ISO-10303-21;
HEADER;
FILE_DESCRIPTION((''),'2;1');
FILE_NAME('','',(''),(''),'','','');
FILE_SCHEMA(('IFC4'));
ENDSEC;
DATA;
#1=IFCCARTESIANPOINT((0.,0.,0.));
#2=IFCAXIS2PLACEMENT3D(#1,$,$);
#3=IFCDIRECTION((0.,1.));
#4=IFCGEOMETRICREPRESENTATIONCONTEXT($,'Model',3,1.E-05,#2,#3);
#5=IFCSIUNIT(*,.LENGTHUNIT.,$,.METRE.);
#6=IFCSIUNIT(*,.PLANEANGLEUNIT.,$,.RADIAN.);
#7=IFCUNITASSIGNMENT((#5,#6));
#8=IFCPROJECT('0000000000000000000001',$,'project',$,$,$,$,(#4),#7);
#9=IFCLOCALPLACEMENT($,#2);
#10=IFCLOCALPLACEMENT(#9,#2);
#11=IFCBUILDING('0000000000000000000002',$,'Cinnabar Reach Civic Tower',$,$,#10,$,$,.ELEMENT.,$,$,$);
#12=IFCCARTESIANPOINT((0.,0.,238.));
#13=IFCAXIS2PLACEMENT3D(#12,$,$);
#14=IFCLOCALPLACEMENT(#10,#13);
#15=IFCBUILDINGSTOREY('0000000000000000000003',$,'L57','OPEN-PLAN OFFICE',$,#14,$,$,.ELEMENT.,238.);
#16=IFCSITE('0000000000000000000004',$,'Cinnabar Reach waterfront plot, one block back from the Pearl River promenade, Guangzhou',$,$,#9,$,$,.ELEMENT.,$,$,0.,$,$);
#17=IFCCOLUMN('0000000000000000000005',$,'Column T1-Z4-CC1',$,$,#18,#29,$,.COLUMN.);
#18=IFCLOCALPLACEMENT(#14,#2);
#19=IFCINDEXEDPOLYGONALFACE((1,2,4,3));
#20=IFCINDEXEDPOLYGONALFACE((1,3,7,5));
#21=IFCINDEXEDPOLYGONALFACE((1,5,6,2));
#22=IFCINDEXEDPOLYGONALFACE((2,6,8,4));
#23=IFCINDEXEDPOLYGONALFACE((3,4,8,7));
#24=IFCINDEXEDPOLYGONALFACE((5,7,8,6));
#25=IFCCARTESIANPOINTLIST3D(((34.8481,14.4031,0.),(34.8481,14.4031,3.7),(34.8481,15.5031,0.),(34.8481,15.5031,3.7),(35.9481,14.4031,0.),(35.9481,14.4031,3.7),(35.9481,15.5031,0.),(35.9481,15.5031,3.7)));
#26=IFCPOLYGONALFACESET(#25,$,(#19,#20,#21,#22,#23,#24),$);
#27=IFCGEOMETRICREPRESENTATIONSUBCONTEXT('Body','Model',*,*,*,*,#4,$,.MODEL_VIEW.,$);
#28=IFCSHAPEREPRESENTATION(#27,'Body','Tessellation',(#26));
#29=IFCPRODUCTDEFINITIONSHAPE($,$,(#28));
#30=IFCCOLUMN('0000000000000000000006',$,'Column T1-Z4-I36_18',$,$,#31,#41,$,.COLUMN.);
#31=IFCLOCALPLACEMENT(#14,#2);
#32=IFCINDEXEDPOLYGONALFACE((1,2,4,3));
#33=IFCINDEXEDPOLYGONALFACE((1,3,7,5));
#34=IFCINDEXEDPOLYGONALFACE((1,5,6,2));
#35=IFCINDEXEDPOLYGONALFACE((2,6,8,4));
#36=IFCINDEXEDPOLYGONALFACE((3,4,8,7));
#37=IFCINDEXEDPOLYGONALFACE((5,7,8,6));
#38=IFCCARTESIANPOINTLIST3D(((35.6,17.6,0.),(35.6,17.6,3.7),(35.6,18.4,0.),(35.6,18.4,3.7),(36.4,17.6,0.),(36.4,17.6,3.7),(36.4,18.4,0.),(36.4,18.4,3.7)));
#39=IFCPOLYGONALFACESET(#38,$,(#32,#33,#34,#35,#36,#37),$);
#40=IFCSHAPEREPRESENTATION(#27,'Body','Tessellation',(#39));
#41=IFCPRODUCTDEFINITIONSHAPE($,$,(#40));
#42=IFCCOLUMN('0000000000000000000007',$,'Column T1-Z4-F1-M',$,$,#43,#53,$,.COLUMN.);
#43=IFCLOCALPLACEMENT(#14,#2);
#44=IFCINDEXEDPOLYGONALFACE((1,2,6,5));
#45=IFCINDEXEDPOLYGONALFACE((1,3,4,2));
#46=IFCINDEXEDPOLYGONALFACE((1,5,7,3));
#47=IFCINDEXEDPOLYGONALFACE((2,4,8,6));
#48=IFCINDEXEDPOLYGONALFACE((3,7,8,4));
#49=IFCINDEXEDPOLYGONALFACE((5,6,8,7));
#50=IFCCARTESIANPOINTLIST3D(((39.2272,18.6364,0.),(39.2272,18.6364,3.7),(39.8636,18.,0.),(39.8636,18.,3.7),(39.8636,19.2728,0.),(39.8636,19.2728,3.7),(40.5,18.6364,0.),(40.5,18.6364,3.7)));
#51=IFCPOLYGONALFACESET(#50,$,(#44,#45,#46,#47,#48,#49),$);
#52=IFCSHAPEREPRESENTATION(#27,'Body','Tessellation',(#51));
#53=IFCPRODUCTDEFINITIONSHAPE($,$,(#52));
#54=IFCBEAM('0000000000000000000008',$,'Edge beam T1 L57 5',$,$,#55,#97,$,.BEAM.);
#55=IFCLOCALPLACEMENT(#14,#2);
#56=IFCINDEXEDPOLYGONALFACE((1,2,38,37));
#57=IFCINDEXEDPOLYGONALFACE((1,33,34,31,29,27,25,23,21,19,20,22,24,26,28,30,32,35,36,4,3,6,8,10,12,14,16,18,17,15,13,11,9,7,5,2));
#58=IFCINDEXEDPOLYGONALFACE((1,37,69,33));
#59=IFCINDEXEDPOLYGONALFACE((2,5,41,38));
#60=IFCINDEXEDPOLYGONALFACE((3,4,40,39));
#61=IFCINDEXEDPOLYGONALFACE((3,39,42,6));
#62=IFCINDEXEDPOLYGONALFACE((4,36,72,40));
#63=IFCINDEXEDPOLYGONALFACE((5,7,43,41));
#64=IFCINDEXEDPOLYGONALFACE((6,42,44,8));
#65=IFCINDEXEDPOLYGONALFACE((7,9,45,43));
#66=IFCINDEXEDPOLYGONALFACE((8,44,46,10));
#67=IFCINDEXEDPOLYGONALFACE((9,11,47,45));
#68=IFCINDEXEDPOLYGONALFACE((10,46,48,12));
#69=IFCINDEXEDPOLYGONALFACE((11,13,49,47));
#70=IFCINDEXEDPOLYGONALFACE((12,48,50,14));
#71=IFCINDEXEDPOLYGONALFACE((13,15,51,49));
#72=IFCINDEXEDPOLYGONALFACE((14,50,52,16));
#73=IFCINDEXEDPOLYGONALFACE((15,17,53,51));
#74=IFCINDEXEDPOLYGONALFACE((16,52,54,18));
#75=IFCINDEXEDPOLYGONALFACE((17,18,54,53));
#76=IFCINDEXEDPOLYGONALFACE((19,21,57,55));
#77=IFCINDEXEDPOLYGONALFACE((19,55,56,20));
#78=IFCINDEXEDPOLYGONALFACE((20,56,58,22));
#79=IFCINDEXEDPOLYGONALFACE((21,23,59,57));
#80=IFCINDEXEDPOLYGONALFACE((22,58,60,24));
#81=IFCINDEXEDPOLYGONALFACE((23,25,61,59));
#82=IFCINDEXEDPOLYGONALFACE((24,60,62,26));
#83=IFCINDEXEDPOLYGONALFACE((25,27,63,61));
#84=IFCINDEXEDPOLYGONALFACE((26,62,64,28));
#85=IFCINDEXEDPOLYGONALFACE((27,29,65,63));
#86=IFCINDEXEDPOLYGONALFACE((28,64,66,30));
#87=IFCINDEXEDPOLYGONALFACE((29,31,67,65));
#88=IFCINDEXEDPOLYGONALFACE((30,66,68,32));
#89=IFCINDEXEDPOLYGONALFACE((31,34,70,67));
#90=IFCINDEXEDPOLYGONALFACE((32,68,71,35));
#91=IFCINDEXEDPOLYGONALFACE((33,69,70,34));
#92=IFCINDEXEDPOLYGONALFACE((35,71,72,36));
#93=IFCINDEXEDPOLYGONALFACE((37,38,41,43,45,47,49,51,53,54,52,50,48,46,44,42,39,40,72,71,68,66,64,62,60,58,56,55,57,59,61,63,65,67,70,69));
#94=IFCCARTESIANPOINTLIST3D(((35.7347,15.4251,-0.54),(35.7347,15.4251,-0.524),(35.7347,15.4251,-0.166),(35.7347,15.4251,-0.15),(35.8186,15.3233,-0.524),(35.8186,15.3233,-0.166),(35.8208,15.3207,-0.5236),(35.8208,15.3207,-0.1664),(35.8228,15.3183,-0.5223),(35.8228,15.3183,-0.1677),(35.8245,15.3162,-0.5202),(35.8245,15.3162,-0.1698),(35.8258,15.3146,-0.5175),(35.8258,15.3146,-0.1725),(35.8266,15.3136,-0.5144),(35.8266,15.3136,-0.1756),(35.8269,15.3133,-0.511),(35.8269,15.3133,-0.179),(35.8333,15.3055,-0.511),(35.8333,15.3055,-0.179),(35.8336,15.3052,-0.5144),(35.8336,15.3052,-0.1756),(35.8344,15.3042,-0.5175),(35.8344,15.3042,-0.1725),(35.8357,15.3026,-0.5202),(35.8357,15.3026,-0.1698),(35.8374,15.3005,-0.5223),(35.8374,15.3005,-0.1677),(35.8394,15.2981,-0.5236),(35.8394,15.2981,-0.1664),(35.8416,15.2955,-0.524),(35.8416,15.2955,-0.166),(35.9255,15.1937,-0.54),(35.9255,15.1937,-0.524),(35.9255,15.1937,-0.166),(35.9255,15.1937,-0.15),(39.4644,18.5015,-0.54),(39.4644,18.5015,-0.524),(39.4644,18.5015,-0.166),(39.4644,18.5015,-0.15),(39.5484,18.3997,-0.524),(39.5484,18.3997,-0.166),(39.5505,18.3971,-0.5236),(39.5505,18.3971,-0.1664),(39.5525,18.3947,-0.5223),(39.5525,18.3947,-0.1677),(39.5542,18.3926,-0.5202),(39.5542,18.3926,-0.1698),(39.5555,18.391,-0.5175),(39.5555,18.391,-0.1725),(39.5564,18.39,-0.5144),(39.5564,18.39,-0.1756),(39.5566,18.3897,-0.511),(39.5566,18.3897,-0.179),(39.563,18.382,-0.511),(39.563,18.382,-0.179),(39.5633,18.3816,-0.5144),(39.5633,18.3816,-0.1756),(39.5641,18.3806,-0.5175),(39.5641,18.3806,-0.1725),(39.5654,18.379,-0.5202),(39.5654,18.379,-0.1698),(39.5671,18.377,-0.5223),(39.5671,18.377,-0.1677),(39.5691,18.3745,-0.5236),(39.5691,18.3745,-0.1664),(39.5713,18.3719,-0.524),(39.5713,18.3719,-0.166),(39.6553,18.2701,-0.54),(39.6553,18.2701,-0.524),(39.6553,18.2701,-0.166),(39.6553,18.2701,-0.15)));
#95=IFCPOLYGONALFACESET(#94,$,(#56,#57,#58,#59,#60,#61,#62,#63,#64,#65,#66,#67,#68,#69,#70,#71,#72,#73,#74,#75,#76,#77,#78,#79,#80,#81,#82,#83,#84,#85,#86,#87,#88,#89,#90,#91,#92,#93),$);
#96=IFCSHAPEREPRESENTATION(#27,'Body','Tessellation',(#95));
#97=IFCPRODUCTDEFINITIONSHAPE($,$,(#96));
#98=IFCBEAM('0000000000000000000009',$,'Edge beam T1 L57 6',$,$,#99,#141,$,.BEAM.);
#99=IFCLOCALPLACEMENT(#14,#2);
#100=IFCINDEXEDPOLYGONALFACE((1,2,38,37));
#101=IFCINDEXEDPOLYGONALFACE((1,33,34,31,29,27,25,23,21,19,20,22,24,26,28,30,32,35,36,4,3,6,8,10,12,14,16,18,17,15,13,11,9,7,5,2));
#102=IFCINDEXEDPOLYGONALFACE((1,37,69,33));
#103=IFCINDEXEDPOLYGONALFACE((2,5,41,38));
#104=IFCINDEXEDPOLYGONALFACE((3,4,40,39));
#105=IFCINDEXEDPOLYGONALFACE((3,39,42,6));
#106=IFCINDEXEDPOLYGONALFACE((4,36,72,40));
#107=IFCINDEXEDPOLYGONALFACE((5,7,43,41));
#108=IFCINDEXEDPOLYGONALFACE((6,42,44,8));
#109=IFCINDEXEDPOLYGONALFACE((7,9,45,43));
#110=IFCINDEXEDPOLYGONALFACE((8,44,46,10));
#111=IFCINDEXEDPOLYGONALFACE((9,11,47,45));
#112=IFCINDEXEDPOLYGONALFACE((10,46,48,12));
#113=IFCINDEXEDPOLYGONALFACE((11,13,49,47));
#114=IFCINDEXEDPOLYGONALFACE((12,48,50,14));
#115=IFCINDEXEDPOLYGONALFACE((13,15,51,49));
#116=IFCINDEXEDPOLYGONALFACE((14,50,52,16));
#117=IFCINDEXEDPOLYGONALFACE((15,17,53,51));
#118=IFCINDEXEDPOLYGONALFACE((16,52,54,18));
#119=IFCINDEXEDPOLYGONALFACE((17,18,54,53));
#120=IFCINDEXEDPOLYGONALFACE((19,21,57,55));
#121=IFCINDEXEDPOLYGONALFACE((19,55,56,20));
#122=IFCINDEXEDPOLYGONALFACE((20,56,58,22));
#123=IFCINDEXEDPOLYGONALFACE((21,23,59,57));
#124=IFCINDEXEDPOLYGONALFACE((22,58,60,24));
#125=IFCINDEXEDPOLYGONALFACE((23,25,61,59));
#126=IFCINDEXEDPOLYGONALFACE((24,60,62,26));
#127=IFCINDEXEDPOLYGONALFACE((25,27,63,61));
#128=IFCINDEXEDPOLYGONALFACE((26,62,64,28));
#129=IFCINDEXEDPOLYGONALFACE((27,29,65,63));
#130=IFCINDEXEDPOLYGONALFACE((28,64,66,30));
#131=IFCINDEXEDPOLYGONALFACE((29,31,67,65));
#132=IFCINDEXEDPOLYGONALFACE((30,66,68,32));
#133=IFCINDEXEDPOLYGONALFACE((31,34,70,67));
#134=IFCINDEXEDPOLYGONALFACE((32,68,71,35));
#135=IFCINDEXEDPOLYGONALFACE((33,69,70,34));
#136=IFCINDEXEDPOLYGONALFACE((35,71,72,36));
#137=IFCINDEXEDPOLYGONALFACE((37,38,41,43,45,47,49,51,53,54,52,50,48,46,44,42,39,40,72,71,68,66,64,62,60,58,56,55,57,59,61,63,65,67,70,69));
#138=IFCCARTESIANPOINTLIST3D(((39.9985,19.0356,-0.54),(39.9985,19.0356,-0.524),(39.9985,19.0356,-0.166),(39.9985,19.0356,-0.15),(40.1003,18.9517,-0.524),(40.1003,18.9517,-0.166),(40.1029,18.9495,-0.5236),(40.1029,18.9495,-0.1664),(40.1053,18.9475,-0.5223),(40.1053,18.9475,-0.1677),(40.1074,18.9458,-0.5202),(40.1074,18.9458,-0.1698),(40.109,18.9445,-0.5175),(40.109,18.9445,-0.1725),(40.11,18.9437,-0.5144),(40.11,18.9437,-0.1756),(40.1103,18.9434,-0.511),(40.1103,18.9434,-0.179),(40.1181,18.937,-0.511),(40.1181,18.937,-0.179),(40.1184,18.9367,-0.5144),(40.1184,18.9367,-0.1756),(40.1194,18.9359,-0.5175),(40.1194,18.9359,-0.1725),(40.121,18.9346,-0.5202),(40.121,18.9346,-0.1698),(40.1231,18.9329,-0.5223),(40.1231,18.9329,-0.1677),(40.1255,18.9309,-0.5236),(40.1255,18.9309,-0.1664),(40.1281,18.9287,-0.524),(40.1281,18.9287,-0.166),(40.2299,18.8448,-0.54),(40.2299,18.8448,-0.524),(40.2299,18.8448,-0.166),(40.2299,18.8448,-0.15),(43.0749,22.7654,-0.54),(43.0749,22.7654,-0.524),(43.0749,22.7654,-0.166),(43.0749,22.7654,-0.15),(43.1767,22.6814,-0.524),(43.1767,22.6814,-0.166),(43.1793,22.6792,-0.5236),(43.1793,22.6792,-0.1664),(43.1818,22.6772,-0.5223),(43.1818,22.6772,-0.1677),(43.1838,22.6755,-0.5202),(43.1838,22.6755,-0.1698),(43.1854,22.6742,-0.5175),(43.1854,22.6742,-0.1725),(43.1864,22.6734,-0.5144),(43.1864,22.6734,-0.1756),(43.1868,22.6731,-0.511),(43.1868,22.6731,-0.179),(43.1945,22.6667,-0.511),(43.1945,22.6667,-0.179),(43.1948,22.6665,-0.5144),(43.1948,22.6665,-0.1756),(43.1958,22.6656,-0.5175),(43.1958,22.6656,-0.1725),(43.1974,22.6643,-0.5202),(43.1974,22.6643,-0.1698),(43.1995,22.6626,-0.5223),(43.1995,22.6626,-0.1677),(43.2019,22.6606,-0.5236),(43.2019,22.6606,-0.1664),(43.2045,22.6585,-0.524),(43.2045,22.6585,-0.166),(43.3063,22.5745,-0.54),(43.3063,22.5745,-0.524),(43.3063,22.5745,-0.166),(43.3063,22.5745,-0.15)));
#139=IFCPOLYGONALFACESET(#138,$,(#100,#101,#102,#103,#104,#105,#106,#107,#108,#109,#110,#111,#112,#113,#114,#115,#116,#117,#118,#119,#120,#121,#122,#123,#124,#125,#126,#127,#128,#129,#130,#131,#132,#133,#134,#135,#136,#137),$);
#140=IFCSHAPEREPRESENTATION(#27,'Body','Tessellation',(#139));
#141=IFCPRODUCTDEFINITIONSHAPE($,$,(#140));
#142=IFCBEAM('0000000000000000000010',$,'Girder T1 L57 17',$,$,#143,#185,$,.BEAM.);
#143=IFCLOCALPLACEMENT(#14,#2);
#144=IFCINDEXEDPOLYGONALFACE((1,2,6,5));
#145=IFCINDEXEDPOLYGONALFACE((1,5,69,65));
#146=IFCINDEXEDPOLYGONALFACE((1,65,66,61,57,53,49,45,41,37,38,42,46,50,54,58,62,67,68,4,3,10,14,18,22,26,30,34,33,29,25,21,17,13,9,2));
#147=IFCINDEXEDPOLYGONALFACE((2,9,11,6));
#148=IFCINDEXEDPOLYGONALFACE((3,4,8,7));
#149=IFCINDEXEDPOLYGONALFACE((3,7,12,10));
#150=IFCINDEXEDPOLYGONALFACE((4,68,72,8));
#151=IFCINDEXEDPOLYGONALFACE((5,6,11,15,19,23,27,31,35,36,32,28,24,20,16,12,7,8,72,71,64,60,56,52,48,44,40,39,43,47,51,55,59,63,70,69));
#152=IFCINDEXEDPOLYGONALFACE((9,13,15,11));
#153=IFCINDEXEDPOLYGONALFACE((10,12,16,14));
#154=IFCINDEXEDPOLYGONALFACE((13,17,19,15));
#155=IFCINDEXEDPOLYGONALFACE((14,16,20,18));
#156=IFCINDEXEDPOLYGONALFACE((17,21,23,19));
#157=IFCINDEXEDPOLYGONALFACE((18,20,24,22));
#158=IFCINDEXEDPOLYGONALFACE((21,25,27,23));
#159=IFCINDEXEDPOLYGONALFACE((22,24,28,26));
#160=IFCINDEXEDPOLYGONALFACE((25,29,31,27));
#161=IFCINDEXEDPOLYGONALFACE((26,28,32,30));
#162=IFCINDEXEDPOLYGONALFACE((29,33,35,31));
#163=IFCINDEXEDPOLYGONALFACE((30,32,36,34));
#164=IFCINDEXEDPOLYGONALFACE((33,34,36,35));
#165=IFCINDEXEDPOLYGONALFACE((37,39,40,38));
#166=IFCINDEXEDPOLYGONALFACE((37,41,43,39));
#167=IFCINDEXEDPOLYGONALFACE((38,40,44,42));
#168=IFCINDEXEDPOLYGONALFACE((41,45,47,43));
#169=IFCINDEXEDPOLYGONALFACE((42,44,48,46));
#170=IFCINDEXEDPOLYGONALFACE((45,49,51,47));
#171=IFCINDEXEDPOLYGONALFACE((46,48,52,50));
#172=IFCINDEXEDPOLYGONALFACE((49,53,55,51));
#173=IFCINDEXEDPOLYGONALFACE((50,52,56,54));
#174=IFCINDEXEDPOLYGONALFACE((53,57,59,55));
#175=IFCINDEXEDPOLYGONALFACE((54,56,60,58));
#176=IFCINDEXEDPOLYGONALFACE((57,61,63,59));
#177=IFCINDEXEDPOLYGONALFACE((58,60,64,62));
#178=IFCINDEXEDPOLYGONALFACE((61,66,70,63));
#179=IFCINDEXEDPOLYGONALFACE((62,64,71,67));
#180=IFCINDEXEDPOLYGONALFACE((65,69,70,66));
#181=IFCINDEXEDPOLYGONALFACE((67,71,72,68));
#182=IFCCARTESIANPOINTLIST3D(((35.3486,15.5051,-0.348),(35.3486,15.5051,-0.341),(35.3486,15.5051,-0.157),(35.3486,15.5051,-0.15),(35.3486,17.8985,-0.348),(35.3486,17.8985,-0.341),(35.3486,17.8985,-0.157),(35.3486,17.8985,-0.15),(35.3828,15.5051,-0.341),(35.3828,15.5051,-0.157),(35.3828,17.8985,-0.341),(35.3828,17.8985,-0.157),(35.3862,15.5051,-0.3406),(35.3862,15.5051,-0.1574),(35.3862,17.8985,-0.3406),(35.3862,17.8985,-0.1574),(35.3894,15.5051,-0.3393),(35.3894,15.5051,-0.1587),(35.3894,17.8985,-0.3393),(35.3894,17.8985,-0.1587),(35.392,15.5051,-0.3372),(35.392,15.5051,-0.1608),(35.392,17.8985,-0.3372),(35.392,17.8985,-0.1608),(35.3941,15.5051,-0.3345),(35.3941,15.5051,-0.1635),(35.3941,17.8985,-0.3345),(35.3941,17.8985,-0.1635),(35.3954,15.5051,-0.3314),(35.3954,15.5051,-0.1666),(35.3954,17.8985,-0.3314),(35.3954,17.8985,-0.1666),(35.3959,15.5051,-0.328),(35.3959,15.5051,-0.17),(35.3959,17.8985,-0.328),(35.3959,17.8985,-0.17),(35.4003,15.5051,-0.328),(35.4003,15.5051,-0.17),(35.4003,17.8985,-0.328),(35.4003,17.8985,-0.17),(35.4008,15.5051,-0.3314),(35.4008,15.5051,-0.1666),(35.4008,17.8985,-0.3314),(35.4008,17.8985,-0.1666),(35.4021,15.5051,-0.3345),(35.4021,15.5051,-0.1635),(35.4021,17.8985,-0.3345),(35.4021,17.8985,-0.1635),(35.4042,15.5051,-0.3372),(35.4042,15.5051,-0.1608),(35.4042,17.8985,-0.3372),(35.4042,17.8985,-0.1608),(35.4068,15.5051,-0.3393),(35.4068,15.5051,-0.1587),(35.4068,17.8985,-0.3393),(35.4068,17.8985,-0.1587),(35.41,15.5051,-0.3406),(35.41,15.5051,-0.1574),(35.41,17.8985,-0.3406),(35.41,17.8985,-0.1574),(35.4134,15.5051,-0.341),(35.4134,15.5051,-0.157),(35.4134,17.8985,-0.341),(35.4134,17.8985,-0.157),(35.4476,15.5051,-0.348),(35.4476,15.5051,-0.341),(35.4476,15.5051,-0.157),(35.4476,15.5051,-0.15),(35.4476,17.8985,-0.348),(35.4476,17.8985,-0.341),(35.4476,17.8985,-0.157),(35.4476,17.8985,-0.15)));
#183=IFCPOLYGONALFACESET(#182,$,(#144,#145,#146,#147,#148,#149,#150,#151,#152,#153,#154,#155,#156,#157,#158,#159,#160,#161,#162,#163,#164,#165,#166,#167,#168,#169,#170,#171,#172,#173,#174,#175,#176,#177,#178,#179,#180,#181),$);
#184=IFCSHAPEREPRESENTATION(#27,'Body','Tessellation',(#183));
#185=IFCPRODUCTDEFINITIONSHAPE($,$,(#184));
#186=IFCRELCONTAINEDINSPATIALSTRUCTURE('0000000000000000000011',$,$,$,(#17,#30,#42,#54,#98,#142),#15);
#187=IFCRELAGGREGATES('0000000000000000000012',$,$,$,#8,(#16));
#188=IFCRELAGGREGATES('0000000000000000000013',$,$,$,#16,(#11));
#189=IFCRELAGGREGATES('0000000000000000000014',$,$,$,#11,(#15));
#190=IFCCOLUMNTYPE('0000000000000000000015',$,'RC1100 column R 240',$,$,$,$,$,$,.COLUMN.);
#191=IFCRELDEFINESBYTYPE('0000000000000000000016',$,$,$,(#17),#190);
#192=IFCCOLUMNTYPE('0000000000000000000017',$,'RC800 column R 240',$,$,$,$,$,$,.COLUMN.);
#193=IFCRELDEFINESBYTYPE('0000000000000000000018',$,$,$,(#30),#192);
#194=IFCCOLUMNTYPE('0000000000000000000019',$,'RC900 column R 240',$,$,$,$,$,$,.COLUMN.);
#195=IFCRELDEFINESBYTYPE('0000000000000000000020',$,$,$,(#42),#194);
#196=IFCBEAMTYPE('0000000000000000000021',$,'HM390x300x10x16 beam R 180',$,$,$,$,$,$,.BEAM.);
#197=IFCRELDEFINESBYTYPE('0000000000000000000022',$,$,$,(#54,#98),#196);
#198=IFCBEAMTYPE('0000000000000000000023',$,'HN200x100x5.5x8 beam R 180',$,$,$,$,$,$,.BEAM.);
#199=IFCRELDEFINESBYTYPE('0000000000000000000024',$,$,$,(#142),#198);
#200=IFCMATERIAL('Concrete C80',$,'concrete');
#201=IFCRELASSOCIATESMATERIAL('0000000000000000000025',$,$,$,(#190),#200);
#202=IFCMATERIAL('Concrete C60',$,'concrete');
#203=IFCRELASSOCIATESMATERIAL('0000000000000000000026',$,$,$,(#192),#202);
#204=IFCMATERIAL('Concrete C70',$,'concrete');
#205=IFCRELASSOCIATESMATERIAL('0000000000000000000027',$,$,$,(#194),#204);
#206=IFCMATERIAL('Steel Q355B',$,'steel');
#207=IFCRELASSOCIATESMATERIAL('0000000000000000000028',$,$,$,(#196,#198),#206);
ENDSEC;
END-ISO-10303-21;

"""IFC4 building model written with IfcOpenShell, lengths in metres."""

from ifc_helpers import new_model, si_unit, direction, frame, origin, origin_2d, place, context, subcontext, project, spatial, rectangle, i_section, extrude, material, material_profile, profile_set, type_object, element, save


model = new_model("IFC4")

# Units and contexts
model_context = context("Model", 3, precision=1e-05, world=origin(), true_north=direction((0.0, 1.0)))
body_context = subcontext(model_context, "Body", "Model", "MODEL_VIEW")
ifc_project = project(units=[si_unit("LENGTHUNIT", "METRE"), si_unit("PLANEANGLEUNIT", "RADIAN")], contexts=[model_context])

# Site, building, storey
site_placement = place(None, origin())
site = spatial("IfcSite", under=ifc_project, at=site_placement, Name="Cinnabar Reach waterfront plot, one block back from the Pearl River promenade, Guangzhou", CompositionType="ELEMENT", RefElevation=0.0)
building_placement = place(site_placement, origin())
building = spatial("IfcBuilding", under=site, at=building_placement, Name="Cinnabar Reach Civic Tower", CompositionType="ELEMENT")
storey_placement = place(building_placement, frame((0.0, 0.0, 238.0)))
storey = spatial("IfcBuildingStorey", under=building, at=storey_placement, Name="L57", Description="OPEN-PLAN OFFICE", CompositionType="ELEMENT", Elevation=238.0)

# Columns
ifc_material_1 = material(Name="Concrete C80", Category="concrete")
ifc_material_profile_1 = material_profile(ifc_material_1, rectangle(XDim=1.1, YDim=1.1, at=origin_2d()), Name="RC1100")
ifc_profile_set_1 = profile_set([ifc_material_profile_1], Name="Concrete C80")
column_type_1 = type_object("IfcColumnType", Name="RC1100 column R 240", PredefinedType="COLUMN", material=ifc_profile_set_1)
column_1_placement = place(storey_placement, frame((35.3981, 14.9531, 0.0), z_axis=(0.0, 0.0, 1.0), x_axis=(1.0, 0.0, 0.0)))
element("IfcColumn", 1, at=column_1_placement, inside=storey, type_object=column_type_1, Name="Column T1-Z4-CC1", PredefinedType="COLUMN", context=body_context, shape_type="SweptSolid", body=[
    extrude(rectangle(XDim=1.1, YDim=1.1, at=origin_2d()), origin(), (0.0, 0.0, 1.0), 3.7),
])
ifc_material_2 = material(Name="Concrete C60", Category="concrete")
ifc_material_profile_2 = material_profile(ifc_material_2, rectangle(XDim=0.8, YDim=0.8, at=origin_2d()), Name="RC800")
ifc_profile_set_2 = profile_set([ifc_material_profile_2], Name="Concrete C60")
column_type_2 = type_object("IfcColumnType", Name="RC800 column R 240", PredefinedType="COLUMN", material=ifc_profile_set_2)
column_2_placement = place(storey_placement, frame((36.0, 18.0, 0.0), z_axis=(0.0, 0.0, 1.0), x_axis=(1.0, 0.0, 0.0)))
element("IfcColumn", 2, at=column_2_placement, inside=storey, type_object=column_type_2, Name="Column T1-Z4-I36_18", PredefinedType="COLUMN", context=body_context, shape_type="SweptSolid", body=[
    extrude(rectangle(XDim=0.8, YDim=0.8, at=origin_2d()), origin(), (0.0, 0.0, 1.0), 3.7),
])
ifc_material_3 = material(Name="Concrete C70", Category="concrete")
ifc_material_profile_3 = material_profile(ifc_material_3, rectangle(XDim=0.9, YDim=0.9, at=origin_2d()), Name="RC900")
ifc_profile_set_3 = profile_set([ifc_material_profile_3], Name="Concrete C70")
column_type_3 = type_object("IfcColumnType", Name="RC900 column R 240", PredefinedType="COLUMN", material=ifc_profile_set_3)
column_3_placement = place(storey_placement, frame((39.8636, 18.6364, 0.0), z_axis=(0.0, 0.0, 1.0), x_axis=(0.707107, 0.707107, 0.0)))
element("IfcColumn", 3, at=column_3_placement, inside=storey, type_object=column_type_3, Name="Column T1-Z4-F1-M", PredefinedType="COLUMN", context=body_context, shape_type="SweptSolid", body=[
    extrude(rectangle(XDim=0.9, YDim=0.9, at=origin_2d()), origin(), (0.0, 0.0, 1.0), 3.7),
])

# Beams
ifc_material_4 = material(Name="Steel Q355B", Category="steel")
ifc_material_profile_4 = material_profile(ifc_material_4, i_section(OverallWidth=0.3, OverallDepth=0.39, WebThickness=0.01, FlangeThickness=0.016, FilletRadius=0.013, at=origin_2d()), Name="HM390x300x10x16")
ifc_profile_set_4 = profile_set([ifc_material_profile_4], Name="Steel Q355B")
beam_type_1 = type_object("IfcBeamType", Name="HM390x300x10x16 beam R 180", PredefinedType="BEAM", material=ifc_profile_set_4)
for number, where, z_axis, x_axis, name in (
    (4, (35.8301, 15.3094, -0.345), (0.771434, 0.636309, 0.0), (-0.636309, 0.771434, 0.0), "Edge beam T1 L57 5"),
    (5, (40.1142, 18.9402, -0.345), (0.636309, 0.771434, 0.0), (-0.771434, 0.636309, 0.0), "Edge beam T1 L57 6"),
):
    element("IfcBeam", number, at=place(storey_placement, frame(where, z_axis=z_axis, x_axis=x_axis)), inside=storey, type_object=beam_type_1, Name=name, PredefinedType="BEAM", context=body_context, shape_type="SweptSolid", body=[
        extrude(i_section(OverallWidth=0.3, OverallDepth=0.39, WebThickness=0.01, FlangeThickness=0.016, FilletRadius=0.013, at=origin_2d()), origin(), (0.0, 0.0, 1.0), 4.8348),
    ])
ifc_material_profile_5 = material_profile(ifc_material_4, i_section(OverallWidth=0.099, OverallDepth=0.198, WebThickness=0.0045, FlangeThickness=0.007, FilletRadius=0.013, at=origin_2d()), Name="HN200x100x5.5x8")
ifc_profile_set_5 = profile_set([ifc_material_profile_5], Name="Steel Q355B")
beam_type_2 = type_object("IfcBeamType", Name="HN200x100x5.5x8 beam R 180", PredefinedType="BEAM", material=ifc_profile_set_5)
beam_1_placement = place(storey_placement, frame((35.3981, 15.5051, -0.249), z_axis=(0.0, 1.0, 0.0), x_axis=(-1.0, 0.0, 0.0)))
element("IfcBeam", 6, at=beam_1_placement, inside=storey, type_object=beam_type_2, Name="Girder T1 L57 17", PredefinedType="BEAM", context=body_context, shape_type="SweptSolid", body=[
    extrude(i_section(OverallWidth=0.099, OverallDepth=0.198, WebThickness=0.0045, FlangeThickness=0.007, FilletRadius=0.013, at=origin_2d()), origin(), (0.0, 0.0, 1.0), 2.3934),
])

save(model, "model.ifc")
